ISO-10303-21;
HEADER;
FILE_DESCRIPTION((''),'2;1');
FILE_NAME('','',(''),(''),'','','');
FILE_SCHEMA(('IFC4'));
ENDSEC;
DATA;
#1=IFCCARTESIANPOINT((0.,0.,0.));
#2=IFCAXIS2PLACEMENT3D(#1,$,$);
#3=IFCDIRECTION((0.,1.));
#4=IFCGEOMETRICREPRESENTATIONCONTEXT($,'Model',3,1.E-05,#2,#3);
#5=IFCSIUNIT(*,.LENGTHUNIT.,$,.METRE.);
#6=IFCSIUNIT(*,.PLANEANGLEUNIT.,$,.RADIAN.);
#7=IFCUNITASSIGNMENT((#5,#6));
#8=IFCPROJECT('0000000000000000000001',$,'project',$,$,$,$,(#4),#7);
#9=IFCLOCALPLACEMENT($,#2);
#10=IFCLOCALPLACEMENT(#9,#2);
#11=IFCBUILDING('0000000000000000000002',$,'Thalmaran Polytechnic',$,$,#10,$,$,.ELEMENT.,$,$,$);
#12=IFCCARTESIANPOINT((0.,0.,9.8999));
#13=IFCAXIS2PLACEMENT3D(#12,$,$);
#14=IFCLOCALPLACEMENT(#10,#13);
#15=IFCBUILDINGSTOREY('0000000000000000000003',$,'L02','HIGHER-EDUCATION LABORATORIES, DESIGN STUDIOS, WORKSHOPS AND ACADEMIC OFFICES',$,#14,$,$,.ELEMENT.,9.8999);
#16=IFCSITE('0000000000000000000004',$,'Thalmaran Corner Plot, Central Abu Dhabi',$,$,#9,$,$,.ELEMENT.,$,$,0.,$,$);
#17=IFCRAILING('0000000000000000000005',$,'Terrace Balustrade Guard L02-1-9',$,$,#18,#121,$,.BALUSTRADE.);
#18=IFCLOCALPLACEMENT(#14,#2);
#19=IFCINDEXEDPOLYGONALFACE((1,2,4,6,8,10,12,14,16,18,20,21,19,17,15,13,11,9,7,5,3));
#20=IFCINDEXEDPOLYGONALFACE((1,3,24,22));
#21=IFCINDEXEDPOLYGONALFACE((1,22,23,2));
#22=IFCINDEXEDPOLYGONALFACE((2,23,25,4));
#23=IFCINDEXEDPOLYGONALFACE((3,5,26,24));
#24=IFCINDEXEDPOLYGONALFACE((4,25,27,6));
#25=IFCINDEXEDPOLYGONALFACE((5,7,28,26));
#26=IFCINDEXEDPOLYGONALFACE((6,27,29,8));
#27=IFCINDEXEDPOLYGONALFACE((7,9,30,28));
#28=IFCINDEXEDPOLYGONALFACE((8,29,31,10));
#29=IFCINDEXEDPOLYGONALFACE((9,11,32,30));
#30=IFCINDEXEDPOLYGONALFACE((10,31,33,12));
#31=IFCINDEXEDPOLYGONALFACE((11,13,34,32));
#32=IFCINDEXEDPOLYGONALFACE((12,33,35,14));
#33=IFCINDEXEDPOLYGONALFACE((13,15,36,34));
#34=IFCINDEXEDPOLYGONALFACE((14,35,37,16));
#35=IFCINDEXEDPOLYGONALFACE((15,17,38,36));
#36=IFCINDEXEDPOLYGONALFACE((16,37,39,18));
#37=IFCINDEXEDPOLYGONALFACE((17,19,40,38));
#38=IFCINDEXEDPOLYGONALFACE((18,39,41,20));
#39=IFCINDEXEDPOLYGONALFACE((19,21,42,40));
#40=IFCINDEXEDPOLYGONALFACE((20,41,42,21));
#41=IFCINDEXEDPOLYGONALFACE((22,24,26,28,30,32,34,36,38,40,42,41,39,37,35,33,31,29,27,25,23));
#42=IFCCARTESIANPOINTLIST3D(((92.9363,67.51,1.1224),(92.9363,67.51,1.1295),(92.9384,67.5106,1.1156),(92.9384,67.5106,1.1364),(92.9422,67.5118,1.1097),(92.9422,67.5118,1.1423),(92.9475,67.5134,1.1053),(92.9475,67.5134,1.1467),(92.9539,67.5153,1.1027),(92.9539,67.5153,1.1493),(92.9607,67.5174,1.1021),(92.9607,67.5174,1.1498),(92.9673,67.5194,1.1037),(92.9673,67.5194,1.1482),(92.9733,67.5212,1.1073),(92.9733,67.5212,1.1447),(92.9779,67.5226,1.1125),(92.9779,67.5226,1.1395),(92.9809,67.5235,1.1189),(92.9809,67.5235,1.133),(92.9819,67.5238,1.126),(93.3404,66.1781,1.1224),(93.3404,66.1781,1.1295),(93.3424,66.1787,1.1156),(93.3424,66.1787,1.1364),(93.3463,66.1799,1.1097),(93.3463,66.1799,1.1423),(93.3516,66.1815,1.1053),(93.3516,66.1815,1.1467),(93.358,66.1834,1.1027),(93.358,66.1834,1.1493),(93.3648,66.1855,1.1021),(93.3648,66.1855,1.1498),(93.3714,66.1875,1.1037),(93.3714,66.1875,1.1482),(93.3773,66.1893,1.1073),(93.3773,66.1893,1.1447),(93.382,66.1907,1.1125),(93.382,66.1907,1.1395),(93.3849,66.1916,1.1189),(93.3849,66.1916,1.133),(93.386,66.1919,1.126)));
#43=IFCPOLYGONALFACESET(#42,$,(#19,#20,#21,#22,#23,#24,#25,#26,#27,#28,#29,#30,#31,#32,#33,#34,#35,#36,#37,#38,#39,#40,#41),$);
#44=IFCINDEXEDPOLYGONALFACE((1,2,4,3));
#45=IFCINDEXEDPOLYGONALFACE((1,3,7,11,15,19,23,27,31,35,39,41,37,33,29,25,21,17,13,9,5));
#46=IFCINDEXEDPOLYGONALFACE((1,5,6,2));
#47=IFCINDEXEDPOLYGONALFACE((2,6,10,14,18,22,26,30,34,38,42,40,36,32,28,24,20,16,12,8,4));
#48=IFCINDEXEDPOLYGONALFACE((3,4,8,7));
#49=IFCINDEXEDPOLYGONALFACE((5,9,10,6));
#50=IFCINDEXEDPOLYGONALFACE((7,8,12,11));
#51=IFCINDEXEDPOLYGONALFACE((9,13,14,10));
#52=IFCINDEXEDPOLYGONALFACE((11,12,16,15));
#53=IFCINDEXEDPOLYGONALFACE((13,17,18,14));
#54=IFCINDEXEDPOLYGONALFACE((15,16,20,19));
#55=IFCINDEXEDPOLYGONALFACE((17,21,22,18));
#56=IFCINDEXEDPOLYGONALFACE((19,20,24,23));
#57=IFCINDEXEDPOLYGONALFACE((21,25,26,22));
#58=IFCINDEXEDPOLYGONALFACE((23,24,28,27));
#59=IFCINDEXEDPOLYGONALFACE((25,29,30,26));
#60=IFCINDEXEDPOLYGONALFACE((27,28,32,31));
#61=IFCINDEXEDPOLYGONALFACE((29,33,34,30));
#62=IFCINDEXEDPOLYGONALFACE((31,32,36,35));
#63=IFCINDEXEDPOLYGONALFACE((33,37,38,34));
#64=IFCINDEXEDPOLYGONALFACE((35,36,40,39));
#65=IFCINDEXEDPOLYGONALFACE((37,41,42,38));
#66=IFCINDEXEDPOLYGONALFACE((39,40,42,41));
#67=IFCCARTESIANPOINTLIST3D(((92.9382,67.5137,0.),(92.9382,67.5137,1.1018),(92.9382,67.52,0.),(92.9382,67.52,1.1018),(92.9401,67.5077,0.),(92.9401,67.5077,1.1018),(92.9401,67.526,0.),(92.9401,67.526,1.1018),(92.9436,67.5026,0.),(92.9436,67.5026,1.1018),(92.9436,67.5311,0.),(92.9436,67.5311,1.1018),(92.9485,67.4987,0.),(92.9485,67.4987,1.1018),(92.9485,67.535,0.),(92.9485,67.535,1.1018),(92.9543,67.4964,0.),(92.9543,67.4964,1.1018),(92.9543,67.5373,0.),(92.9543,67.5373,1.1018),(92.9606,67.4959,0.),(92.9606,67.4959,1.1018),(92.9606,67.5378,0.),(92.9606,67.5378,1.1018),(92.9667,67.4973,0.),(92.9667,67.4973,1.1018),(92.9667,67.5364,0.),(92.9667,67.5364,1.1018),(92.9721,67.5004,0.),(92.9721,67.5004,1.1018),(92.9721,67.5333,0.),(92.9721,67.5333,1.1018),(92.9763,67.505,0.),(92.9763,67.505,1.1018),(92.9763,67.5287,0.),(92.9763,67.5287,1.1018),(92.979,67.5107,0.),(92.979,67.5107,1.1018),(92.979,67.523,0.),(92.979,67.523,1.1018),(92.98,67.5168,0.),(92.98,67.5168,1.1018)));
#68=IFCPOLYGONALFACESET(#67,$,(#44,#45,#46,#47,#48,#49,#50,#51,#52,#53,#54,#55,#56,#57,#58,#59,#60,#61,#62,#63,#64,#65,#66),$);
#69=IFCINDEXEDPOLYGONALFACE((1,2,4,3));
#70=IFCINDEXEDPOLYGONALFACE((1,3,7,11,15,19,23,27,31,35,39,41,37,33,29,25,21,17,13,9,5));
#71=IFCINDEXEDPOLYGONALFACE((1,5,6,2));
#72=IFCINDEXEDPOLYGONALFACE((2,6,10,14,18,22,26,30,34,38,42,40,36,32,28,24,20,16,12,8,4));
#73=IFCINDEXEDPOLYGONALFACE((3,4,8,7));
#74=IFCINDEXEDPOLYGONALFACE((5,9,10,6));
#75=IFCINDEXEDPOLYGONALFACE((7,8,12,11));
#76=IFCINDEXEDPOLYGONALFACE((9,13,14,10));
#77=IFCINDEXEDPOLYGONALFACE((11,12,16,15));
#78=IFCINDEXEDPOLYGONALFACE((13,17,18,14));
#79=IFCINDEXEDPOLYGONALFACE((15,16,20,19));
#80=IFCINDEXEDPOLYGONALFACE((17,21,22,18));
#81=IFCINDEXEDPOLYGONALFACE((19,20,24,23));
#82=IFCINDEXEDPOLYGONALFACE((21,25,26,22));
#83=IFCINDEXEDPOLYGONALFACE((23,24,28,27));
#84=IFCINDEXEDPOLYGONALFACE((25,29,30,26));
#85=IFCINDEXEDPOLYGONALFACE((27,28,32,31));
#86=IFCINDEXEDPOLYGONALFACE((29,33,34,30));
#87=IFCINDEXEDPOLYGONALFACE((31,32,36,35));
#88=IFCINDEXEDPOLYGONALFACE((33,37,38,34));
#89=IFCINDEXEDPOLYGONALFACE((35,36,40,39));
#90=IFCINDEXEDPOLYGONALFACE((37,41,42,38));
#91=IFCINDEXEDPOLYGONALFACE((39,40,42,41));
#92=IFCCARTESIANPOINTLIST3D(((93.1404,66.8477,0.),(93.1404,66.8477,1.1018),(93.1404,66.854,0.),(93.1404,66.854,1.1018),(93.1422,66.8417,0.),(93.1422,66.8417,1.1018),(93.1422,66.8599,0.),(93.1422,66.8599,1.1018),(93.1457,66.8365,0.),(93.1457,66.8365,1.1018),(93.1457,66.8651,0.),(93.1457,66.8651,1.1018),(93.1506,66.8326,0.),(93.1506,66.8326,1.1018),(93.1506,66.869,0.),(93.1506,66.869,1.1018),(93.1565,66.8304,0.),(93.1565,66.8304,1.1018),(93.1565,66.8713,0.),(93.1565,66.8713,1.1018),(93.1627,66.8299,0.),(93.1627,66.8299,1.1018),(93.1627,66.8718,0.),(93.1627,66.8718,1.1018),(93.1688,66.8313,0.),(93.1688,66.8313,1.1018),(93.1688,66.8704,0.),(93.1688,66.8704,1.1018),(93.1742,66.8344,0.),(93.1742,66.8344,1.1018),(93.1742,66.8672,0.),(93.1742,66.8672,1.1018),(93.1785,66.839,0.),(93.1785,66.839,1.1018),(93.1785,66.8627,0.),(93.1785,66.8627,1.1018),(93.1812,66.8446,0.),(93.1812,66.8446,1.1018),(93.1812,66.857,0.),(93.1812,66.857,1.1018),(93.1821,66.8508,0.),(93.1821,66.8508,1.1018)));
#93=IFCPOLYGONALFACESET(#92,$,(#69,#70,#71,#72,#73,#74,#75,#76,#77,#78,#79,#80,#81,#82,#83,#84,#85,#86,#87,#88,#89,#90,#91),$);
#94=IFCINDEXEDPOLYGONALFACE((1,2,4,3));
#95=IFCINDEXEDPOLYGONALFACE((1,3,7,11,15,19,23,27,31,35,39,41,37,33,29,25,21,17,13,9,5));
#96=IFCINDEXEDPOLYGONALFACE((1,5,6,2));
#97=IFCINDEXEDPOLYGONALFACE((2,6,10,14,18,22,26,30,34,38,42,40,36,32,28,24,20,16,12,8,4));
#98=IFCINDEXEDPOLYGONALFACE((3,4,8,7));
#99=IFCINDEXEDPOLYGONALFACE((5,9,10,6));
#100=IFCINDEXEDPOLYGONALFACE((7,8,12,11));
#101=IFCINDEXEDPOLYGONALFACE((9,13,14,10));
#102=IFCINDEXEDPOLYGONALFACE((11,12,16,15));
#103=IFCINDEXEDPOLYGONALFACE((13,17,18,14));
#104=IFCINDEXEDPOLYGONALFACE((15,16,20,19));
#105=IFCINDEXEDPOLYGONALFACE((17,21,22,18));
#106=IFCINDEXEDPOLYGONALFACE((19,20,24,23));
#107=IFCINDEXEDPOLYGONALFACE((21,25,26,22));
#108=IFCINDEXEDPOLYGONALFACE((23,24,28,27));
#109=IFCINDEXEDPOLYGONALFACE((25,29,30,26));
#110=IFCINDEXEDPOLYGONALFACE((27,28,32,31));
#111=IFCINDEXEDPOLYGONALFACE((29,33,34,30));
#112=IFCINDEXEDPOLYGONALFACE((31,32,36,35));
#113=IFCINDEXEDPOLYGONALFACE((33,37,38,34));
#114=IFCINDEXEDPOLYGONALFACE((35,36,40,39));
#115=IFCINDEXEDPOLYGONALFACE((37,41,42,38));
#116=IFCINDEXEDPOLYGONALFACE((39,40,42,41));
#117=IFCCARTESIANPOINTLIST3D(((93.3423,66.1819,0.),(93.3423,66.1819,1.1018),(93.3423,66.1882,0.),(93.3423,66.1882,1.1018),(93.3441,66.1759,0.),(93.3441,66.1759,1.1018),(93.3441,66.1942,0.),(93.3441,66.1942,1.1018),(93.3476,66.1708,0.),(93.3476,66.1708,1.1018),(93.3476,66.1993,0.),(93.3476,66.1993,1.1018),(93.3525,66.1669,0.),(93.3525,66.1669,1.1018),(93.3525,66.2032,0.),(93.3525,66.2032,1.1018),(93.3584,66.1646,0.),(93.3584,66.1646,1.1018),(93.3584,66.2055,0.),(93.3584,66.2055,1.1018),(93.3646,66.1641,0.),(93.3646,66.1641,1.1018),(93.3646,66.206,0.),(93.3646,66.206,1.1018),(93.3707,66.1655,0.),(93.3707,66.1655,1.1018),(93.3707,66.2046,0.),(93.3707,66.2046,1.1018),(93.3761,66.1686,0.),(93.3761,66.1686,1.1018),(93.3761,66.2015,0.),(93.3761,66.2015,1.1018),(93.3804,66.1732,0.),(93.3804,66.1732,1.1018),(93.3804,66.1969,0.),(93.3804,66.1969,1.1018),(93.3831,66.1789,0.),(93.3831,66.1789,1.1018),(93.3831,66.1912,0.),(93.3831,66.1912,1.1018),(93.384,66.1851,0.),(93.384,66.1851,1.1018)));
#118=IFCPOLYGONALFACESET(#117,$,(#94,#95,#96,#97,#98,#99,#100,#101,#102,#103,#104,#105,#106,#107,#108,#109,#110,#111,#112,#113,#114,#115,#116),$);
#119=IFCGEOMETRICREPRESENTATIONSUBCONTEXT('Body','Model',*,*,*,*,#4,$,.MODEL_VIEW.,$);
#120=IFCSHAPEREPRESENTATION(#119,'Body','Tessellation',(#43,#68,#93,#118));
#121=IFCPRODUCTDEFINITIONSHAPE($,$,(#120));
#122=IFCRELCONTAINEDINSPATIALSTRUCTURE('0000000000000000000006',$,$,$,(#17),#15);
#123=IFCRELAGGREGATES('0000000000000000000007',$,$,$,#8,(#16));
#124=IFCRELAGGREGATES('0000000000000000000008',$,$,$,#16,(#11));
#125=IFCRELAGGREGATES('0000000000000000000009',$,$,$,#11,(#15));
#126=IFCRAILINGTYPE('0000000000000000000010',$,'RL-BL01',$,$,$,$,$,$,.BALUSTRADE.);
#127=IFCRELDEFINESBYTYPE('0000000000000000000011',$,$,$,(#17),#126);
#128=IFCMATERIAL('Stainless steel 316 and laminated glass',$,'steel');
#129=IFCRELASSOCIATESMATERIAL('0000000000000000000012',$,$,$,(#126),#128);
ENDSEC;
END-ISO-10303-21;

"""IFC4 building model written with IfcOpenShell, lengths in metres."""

from ifc_helpers import new_model, si_unit, direction, frame, origin, origin_2d, place, context, subcontext, project, spatial, circle, extrude, material, type_object, element, save


model = new_model("IFC4")

# Units and contexts
model_context = context("Model", 3, precision=1e-05, world=origin(), true_north=direction((0.0, 1.0)))
body_context = subcontext(model_context, "Body", "Model", "MODEL_VIEW")
ifc_project = project(units=[si_unit("LENGTHUNIT", "METRE"), si_unit("PLANEANGLEUNIT", "RADIAN")], contexts=[model_context])

# Site, building, storey
site_placement = place(None, origin())
site = spatial("IfcSite", under=ifc_project, at=site_placement, Name="Thalmaran Corner Plot, Central Abu Dhabi", CompositionType="ELEMENT", RefElevation=0.0)
building_placement = place(site_placement, origin())
building = spatial("IfcBuilding", under=site, at=building_placement, Name="Thalmaran Polytechnic", CompositionType="ELEMENT")
storey_placement = place(building_placement, frame((0.0, 0.0, 9.8999)))
storey = spatial("IfcBuildingStorey", under=building, at=storey_placement, Name="L02", Description="HIGHER-EDUCATION LABORATORIES, DESIGN STUDIOS, WORKSHOPS AND ACADEMIC OFFICES", CompositionType="ELEMENT", Elevation=9.8999)

# Railing
ifc_material = material(Name="Stainless steel 316 and laminated glass", Category="steel")
railing_type = type_object("IfcRailingType", Name="RL-BL01", PredefinedType="BALUSTRADE", material=ifc_material)
railing_1_placement = place(storey_placement, frame((92.959, 67.5168, 0.0)))
element("IfcRailing", 1, at=railing_1_placement, inside=storey, type_object=railing_type, Name="Terrace Balustrade Guard L02-1-9", PredefinedType="BALUSTRADE", context=body_context, shape_type="SweptSolid", body=[
    extrude(circle(Radius=0.0239, at=origin_2d()), frame((0.0, 0.0, 1.126), z_axis=(0.290324, -0.956928, 0.0), x_axis=(0.956928, 0.290324, 0.0)), (0.0, 0.0, 1.0), 1.3918),
    extrude(circle(Radius=0.021, at=origin_2d()), origin(), (0.0, 0.0, 1.0), 1.1018),
    extrude(circle(Radius=0.021, at=origin_2d()), frame((0.2021, -0.666, 0.0)), (0.0, 0.0, 1.0), 1.1018),
    extrude(circle(Radius=0.021, at=origin_2d()), frame((0.4041, -1.3318, 0.0)), (0.0, 0.0, 1.0), 1.1018),
])

save(model, "model.ifc")
